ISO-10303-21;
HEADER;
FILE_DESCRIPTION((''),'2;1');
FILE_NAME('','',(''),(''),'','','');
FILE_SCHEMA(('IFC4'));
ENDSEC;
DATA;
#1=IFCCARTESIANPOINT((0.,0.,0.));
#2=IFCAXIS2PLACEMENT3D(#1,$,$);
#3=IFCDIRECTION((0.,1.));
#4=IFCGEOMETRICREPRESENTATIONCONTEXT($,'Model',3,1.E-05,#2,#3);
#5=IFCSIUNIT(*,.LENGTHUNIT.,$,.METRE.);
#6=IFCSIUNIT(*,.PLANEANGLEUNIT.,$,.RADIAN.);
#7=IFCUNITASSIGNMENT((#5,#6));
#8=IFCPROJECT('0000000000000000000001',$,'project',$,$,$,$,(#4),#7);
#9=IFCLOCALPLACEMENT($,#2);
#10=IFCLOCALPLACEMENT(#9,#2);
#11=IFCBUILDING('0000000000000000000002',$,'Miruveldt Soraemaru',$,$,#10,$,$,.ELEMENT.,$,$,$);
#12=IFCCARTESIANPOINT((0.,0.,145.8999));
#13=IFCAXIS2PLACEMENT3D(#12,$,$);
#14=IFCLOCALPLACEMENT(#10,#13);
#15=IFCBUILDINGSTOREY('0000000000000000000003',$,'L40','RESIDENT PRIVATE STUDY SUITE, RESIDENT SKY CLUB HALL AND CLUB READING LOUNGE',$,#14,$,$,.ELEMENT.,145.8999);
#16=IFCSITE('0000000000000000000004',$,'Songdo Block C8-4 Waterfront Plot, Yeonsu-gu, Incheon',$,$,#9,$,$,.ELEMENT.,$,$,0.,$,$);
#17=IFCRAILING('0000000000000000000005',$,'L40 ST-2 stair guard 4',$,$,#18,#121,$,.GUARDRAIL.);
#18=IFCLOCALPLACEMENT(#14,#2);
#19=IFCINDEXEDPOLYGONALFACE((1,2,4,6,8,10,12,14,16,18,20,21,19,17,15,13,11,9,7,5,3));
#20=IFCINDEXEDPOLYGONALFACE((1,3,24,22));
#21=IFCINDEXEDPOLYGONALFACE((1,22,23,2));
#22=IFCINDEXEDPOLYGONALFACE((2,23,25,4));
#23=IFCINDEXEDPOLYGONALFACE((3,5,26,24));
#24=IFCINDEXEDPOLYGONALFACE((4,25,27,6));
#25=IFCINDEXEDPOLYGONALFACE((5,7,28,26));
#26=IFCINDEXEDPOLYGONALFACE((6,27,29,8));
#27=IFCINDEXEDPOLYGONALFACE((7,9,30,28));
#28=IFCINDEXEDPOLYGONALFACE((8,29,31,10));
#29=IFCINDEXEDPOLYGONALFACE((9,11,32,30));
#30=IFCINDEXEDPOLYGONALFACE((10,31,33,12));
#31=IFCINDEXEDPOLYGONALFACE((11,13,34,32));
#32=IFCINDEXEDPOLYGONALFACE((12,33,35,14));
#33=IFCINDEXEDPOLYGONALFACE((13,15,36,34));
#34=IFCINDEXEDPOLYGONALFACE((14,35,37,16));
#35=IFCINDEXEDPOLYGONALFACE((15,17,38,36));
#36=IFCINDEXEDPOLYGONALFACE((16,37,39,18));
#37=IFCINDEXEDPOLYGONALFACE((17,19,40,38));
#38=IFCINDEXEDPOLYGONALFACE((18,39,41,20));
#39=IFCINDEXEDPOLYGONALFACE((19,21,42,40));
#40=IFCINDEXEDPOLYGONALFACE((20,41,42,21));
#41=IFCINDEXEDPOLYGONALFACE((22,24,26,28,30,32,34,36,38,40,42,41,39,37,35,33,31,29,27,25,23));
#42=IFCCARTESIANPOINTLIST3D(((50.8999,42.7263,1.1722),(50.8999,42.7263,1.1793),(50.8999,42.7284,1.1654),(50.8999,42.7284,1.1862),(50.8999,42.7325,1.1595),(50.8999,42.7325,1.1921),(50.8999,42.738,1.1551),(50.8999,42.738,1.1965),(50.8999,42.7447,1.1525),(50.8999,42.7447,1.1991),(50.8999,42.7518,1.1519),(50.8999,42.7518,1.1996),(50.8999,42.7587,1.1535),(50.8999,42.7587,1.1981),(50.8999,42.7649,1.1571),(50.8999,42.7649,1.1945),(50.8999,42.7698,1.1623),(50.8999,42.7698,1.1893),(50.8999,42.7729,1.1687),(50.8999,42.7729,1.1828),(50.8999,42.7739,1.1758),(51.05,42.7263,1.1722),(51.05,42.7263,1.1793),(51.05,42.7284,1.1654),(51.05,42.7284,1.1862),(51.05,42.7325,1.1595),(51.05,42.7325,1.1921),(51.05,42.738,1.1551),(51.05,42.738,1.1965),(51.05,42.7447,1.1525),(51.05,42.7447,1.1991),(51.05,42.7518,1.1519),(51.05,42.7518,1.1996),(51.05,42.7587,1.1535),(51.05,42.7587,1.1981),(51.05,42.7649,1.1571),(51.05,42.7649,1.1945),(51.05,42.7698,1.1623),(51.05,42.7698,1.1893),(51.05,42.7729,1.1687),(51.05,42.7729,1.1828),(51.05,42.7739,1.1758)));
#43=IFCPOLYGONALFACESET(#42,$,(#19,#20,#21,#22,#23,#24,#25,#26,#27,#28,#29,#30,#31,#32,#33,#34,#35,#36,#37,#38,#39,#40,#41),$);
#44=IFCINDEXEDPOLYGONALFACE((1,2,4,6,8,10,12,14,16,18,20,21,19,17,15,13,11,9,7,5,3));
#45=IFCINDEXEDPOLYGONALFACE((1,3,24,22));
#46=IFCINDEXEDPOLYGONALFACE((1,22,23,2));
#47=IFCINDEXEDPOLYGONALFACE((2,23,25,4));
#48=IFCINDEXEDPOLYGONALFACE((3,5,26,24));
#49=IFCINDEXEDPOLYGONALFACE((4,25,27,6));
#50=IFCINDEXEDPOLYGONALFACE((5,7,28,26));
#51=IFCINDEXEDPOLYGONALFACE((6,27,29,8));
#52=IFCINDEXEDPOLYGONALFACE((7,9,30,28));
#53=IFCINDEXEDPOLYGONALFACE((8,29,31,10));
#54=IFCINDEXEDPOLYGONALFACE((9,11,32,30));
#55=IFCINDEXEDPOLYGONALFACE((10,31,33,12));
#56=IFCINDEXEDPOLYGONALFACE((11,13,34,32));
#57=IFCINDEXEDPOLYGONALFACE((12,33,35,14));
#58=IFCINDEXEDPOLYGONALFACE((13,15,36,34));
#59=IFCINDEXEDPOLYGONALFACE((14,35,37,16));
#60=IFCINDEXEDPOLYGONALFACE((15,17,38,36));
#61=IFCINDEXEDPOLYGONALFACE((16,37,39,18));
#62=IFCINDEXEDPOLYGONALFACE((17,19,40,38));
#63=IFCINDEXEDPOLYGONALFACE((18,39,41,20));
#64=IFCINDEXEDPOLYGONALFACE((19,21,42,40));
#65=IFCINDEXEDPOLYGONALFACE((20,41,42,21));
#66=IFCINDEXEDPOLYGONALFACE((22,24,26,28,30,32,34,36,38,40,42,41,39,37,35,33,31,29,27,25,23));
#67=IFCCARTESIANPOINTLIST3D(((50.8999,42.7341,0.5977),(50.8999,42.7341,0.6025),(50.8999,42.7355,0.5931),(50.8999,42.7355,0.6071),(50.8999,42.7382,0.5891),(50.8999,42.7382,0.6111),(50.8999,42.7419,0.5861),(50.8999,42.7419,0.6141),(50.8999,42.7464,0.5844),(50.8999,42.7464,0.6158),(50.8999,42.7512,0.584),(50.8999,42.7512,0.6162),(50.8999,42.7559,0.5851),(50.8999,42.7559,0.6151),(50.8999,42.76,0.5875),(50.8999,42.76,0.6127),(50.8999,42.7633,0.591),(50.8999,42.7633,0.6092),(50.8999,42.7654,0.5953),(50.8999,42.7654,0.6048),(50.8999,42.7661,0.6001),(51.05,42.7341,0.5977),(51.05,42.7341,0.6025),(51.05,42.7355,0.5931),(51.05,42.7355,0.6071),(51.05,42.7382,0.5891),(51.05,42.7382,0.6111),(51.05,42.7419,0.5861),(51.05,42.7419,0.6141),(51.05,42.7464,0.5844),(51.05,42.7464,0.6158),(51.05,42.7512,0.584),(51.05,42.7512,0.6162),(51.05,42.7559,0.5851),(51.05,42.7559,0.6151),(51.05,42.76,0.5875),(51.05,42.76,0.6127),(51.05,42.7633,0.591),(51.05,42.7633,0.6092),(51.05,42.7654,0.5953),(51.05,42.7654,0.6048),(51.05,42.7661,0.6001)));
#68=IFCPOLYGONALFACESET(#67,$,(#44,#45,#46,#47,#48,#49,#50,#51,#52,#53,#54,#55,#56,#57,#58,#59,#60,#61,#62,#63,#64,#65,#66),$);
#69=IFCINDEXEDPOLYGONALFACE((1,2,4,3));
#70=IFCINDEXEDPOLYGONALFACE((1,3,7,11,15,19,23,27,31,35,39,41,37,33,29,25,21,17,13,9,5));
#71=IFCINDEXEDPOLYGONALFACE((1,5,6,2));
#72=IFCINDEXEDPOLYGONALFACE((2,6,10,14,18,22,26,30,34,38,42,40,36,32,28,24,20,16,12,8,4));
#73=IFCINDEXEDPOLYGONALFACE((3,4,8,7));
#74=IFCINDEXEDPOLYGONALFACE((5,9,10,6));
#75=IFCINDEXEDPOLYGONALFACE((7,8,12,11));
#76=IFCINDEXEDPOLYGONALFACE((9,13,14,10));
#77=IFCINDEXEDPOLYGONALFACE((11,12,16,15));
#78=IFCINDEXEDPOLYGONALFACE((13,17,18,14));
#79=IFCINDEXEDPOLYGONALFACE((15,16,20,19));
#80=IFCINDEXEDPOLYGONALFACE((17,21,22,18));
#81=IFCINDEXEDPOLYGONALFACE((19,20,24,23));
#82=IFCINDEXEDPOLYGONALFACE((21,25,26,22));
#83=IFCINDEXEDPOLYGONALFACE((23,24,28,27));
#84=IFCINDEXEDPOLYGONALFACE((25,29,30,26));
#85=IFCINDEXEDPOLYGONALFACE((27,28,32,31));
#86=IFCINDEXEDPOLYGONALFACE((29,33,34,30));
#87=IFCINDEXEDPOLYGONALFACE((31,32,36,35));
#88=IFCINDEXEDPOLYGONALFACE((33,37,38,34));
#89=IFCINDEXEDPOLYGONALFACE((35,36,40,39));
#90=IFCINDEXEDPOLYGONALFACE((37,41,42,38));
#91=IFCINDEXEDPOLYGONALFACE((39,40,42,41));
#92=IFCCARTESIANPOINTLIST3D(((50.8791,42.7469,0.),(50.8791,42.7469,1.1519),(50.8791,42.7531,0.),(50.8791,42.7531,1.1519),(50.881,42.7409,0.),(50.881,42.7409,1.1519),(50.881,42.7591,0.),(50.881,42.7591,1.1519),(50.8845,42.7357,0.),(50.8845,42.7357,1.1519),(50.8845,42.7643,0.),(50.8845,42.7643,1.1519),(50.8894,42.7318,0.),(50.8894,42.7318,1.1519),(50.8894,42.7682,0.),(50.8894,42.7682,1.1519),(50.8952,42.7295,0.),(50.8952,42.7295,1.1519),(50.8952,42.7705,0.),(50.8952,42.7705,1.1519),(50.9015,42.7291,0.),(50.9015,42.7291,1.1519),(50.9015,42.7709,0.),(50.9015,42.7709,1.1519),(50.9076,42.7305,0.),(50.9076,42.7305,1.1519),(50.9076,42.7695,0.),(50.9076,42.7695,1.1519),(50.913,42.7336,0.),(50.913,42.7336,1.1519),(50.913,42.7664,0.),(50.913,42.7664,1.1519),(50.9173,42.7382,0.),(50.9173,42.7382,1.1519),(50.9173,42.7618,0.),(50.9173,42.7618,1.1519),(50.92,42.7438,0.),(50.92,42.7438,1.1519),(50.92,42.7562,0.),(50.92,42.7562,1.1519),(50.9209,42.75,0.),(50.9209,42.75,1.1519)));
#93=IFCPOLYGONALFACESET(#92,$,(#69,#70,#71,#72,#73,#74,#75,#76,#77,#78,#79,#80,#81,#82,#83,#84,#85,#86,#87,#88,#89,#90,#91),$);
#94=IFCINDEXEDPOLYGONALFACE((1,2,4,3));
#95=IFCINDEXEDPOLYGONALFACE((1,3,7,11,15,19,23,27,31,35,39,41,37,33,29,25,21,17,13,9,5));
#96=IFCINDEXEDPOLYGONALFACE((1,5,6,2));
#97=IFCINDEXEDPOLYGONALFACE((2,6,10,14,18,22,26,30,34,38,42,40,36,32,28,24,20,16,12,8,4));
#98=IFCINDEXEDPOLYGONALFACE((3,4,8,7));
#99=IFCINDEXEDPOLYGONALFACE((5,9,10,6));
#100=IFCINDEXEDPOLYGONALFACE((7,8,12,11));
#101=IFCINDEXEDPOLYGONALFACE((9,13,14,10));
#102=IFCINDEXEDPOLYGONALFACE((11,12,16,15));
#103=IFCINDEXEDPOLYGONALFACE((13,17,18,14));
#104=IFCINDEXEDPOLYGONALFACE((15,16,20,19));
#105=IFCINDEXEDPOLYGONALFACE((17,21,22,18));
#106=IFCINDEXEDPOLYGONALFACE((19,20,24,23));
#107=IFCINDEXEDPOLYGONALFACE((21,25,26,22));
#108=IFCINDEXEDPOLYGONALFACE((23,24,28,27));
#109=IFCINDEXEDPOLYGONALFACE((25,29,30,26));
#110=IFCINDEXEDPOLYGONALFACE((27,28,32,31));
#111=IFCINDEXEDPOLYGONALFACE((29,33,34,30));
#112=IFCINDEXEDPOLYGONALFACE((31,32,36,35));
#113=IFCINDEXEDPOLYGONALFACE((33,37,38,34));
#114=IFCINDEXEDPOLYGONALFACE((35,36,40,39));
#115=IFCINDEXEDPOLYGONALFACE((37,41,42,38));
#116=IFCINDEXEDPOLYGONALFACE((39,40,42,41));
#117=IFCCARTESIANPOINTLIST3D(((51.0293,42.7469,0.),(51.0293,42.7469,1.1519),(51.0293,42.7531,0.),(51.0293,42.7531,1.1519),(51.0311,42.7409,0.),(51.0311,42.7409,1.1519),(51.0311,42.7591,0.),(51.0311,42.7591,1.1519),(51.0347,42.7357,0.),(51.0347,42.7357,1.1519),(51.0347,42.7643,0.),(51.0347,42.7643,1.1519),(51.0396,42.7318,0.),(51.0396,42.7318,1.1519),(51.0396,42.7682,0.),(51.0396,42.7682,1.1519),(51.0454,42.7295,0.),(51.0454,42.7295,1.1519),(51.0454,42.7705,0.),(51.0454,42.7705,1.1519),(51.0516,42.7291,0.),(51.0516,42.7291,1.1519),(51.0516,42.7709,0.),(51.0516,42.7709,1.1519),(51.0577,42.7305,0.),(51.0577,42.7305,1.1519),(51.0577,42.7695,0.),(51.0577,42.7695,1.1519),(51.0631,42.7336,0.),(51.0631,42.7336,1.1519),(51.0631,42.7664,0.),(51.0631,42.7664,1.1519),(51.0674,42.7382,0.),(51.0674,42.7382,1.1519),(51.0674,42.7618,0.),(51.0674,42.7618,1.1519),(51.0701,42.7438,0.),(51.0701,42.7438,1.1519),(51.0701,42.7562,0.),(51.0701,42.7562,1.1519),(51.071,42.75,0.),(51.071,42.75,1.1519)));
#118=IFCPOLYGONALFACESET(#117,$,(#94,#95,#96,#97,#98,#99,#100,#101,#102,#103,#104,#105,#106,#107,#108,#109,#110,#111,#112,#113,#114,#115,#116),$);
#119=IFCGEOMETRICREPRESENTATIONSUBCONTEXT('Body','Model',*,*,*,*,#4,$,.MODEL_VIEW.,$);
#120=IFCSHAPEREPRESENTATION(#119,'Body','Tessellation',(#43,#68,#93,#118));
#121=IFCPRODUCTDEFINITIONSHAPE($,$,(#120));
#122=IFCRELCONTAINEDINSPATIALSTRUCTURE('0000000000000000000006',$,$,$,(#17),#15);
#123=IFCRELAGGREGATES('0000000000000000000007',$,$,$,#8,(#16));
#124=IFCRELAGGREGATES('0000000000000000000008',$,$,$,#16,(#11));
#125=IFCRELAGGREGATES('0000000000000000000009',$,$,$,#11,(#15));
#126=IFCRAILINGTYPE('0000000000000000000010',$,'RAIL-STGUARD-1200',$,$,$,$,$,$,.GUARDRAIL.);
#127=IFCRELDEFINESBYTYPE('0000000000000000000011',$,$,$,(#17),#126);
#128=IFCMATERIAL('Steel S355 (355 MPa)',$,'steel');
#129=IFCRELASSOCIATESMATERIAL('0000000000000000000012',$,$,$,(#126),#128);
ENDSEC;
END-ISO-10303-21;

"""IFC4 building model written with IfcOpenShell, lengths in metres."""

from ifc_helpers import new_model, si_unit, direction, frame, origin, origin_2d, place, context, subcontext, project, spatial, circle, extrude, material, type_object, element, save


model = new_model("IFC4")

# Units and contexts
model_context = context("Model", 3, precision=1e-05, world=origin(), true_north=direction((0.0, 1.0)))
body_context = subcontext(model_context, "Body", "Model", "MODEL_VIEW")
ifc_project = project(units=[si_unit("LENGTHUNIT", "METRE"), si_unit("PLANEANGLEUNIT", "RADIAN")], contexts=[model_context])

# Site, building, storey
site_placement = place(None, origin())
site = spatial("IfcSite", under=ifc_project, at=site_placement, Name="Songdo Block C8-4 Waterfront Plot, Yeonsu-gu, Incheon", CompositionType="ELEMENT", RefElevation=0.0)
building_placement = place(site_placement, origin())
building = spatial("IfcBuilding", under=site, at=building_placement, Name="Miruveldt Soraemaru", CompositionType="ELEMENT")
storey_placement = place(building_placement, frame((0.0, 0.0, 145.8999)))
storey = spatial("IfcBuildingStorey", under=building, at=storey_placement, Name="L40", Description="RESIDENT PRIVATE STUDY SUITE, RESIDENT SKY CLUB HALL AND CLUB READING LOUNGE", CompositionType="ELEMENT", Elevation=145.8999)

# Railing
ifc_material_1 = material(Name="Steel S355 (355 MPa)", Category="steel")
railing_type_1 = type_object("IfcRailingType", Name="RAIL-STGUARD-1200", PredefinedType="GUARDRAIL", material=ifc_material_1)
railing_1_placement = place(storey_placement, frame((50.8999, 42.75, 0.0)))
element("IfcRailing", 1, at=railing_1_placement, inside=storey, type_object=railing_type_1, Name="L40 ST-2 stair guard 4", PredefinedType="GUARDRAIL", context=body_context, shape_type="SweptSolid", body=[
    extrude(circle(Radius=0.0239, at=origin_2d()), frame((0.0, 0.0, 1.1758), z_axis=(1.0, 0.0, 0.0), x_axis=(0.0, 1.0, 0.0)), (0.0, 0.0, 1.0), 0.1501),
    extrude(circle(Radius=0.0161, at=origin_2d()), frame((0.0, 0.0, 0.6001), z_axis=(1.0, 0.0, 0.0), x_axis=(0.0, 1.0, 0.0)), (0.0, 0.0, 1.0), 0.1501),
    extrude(circle(Radius=0.021, at=origin_2d()), origin(), (0.0, 0.0, 1.0), 1.1519),
    extrude(circle(Radius=0.021, at=origin_2d()), frame((0.1501, 0.0, 0.0)), (0.0, 0.0, 1.0), 1.1519),
])

save(model, "model.ifc")
